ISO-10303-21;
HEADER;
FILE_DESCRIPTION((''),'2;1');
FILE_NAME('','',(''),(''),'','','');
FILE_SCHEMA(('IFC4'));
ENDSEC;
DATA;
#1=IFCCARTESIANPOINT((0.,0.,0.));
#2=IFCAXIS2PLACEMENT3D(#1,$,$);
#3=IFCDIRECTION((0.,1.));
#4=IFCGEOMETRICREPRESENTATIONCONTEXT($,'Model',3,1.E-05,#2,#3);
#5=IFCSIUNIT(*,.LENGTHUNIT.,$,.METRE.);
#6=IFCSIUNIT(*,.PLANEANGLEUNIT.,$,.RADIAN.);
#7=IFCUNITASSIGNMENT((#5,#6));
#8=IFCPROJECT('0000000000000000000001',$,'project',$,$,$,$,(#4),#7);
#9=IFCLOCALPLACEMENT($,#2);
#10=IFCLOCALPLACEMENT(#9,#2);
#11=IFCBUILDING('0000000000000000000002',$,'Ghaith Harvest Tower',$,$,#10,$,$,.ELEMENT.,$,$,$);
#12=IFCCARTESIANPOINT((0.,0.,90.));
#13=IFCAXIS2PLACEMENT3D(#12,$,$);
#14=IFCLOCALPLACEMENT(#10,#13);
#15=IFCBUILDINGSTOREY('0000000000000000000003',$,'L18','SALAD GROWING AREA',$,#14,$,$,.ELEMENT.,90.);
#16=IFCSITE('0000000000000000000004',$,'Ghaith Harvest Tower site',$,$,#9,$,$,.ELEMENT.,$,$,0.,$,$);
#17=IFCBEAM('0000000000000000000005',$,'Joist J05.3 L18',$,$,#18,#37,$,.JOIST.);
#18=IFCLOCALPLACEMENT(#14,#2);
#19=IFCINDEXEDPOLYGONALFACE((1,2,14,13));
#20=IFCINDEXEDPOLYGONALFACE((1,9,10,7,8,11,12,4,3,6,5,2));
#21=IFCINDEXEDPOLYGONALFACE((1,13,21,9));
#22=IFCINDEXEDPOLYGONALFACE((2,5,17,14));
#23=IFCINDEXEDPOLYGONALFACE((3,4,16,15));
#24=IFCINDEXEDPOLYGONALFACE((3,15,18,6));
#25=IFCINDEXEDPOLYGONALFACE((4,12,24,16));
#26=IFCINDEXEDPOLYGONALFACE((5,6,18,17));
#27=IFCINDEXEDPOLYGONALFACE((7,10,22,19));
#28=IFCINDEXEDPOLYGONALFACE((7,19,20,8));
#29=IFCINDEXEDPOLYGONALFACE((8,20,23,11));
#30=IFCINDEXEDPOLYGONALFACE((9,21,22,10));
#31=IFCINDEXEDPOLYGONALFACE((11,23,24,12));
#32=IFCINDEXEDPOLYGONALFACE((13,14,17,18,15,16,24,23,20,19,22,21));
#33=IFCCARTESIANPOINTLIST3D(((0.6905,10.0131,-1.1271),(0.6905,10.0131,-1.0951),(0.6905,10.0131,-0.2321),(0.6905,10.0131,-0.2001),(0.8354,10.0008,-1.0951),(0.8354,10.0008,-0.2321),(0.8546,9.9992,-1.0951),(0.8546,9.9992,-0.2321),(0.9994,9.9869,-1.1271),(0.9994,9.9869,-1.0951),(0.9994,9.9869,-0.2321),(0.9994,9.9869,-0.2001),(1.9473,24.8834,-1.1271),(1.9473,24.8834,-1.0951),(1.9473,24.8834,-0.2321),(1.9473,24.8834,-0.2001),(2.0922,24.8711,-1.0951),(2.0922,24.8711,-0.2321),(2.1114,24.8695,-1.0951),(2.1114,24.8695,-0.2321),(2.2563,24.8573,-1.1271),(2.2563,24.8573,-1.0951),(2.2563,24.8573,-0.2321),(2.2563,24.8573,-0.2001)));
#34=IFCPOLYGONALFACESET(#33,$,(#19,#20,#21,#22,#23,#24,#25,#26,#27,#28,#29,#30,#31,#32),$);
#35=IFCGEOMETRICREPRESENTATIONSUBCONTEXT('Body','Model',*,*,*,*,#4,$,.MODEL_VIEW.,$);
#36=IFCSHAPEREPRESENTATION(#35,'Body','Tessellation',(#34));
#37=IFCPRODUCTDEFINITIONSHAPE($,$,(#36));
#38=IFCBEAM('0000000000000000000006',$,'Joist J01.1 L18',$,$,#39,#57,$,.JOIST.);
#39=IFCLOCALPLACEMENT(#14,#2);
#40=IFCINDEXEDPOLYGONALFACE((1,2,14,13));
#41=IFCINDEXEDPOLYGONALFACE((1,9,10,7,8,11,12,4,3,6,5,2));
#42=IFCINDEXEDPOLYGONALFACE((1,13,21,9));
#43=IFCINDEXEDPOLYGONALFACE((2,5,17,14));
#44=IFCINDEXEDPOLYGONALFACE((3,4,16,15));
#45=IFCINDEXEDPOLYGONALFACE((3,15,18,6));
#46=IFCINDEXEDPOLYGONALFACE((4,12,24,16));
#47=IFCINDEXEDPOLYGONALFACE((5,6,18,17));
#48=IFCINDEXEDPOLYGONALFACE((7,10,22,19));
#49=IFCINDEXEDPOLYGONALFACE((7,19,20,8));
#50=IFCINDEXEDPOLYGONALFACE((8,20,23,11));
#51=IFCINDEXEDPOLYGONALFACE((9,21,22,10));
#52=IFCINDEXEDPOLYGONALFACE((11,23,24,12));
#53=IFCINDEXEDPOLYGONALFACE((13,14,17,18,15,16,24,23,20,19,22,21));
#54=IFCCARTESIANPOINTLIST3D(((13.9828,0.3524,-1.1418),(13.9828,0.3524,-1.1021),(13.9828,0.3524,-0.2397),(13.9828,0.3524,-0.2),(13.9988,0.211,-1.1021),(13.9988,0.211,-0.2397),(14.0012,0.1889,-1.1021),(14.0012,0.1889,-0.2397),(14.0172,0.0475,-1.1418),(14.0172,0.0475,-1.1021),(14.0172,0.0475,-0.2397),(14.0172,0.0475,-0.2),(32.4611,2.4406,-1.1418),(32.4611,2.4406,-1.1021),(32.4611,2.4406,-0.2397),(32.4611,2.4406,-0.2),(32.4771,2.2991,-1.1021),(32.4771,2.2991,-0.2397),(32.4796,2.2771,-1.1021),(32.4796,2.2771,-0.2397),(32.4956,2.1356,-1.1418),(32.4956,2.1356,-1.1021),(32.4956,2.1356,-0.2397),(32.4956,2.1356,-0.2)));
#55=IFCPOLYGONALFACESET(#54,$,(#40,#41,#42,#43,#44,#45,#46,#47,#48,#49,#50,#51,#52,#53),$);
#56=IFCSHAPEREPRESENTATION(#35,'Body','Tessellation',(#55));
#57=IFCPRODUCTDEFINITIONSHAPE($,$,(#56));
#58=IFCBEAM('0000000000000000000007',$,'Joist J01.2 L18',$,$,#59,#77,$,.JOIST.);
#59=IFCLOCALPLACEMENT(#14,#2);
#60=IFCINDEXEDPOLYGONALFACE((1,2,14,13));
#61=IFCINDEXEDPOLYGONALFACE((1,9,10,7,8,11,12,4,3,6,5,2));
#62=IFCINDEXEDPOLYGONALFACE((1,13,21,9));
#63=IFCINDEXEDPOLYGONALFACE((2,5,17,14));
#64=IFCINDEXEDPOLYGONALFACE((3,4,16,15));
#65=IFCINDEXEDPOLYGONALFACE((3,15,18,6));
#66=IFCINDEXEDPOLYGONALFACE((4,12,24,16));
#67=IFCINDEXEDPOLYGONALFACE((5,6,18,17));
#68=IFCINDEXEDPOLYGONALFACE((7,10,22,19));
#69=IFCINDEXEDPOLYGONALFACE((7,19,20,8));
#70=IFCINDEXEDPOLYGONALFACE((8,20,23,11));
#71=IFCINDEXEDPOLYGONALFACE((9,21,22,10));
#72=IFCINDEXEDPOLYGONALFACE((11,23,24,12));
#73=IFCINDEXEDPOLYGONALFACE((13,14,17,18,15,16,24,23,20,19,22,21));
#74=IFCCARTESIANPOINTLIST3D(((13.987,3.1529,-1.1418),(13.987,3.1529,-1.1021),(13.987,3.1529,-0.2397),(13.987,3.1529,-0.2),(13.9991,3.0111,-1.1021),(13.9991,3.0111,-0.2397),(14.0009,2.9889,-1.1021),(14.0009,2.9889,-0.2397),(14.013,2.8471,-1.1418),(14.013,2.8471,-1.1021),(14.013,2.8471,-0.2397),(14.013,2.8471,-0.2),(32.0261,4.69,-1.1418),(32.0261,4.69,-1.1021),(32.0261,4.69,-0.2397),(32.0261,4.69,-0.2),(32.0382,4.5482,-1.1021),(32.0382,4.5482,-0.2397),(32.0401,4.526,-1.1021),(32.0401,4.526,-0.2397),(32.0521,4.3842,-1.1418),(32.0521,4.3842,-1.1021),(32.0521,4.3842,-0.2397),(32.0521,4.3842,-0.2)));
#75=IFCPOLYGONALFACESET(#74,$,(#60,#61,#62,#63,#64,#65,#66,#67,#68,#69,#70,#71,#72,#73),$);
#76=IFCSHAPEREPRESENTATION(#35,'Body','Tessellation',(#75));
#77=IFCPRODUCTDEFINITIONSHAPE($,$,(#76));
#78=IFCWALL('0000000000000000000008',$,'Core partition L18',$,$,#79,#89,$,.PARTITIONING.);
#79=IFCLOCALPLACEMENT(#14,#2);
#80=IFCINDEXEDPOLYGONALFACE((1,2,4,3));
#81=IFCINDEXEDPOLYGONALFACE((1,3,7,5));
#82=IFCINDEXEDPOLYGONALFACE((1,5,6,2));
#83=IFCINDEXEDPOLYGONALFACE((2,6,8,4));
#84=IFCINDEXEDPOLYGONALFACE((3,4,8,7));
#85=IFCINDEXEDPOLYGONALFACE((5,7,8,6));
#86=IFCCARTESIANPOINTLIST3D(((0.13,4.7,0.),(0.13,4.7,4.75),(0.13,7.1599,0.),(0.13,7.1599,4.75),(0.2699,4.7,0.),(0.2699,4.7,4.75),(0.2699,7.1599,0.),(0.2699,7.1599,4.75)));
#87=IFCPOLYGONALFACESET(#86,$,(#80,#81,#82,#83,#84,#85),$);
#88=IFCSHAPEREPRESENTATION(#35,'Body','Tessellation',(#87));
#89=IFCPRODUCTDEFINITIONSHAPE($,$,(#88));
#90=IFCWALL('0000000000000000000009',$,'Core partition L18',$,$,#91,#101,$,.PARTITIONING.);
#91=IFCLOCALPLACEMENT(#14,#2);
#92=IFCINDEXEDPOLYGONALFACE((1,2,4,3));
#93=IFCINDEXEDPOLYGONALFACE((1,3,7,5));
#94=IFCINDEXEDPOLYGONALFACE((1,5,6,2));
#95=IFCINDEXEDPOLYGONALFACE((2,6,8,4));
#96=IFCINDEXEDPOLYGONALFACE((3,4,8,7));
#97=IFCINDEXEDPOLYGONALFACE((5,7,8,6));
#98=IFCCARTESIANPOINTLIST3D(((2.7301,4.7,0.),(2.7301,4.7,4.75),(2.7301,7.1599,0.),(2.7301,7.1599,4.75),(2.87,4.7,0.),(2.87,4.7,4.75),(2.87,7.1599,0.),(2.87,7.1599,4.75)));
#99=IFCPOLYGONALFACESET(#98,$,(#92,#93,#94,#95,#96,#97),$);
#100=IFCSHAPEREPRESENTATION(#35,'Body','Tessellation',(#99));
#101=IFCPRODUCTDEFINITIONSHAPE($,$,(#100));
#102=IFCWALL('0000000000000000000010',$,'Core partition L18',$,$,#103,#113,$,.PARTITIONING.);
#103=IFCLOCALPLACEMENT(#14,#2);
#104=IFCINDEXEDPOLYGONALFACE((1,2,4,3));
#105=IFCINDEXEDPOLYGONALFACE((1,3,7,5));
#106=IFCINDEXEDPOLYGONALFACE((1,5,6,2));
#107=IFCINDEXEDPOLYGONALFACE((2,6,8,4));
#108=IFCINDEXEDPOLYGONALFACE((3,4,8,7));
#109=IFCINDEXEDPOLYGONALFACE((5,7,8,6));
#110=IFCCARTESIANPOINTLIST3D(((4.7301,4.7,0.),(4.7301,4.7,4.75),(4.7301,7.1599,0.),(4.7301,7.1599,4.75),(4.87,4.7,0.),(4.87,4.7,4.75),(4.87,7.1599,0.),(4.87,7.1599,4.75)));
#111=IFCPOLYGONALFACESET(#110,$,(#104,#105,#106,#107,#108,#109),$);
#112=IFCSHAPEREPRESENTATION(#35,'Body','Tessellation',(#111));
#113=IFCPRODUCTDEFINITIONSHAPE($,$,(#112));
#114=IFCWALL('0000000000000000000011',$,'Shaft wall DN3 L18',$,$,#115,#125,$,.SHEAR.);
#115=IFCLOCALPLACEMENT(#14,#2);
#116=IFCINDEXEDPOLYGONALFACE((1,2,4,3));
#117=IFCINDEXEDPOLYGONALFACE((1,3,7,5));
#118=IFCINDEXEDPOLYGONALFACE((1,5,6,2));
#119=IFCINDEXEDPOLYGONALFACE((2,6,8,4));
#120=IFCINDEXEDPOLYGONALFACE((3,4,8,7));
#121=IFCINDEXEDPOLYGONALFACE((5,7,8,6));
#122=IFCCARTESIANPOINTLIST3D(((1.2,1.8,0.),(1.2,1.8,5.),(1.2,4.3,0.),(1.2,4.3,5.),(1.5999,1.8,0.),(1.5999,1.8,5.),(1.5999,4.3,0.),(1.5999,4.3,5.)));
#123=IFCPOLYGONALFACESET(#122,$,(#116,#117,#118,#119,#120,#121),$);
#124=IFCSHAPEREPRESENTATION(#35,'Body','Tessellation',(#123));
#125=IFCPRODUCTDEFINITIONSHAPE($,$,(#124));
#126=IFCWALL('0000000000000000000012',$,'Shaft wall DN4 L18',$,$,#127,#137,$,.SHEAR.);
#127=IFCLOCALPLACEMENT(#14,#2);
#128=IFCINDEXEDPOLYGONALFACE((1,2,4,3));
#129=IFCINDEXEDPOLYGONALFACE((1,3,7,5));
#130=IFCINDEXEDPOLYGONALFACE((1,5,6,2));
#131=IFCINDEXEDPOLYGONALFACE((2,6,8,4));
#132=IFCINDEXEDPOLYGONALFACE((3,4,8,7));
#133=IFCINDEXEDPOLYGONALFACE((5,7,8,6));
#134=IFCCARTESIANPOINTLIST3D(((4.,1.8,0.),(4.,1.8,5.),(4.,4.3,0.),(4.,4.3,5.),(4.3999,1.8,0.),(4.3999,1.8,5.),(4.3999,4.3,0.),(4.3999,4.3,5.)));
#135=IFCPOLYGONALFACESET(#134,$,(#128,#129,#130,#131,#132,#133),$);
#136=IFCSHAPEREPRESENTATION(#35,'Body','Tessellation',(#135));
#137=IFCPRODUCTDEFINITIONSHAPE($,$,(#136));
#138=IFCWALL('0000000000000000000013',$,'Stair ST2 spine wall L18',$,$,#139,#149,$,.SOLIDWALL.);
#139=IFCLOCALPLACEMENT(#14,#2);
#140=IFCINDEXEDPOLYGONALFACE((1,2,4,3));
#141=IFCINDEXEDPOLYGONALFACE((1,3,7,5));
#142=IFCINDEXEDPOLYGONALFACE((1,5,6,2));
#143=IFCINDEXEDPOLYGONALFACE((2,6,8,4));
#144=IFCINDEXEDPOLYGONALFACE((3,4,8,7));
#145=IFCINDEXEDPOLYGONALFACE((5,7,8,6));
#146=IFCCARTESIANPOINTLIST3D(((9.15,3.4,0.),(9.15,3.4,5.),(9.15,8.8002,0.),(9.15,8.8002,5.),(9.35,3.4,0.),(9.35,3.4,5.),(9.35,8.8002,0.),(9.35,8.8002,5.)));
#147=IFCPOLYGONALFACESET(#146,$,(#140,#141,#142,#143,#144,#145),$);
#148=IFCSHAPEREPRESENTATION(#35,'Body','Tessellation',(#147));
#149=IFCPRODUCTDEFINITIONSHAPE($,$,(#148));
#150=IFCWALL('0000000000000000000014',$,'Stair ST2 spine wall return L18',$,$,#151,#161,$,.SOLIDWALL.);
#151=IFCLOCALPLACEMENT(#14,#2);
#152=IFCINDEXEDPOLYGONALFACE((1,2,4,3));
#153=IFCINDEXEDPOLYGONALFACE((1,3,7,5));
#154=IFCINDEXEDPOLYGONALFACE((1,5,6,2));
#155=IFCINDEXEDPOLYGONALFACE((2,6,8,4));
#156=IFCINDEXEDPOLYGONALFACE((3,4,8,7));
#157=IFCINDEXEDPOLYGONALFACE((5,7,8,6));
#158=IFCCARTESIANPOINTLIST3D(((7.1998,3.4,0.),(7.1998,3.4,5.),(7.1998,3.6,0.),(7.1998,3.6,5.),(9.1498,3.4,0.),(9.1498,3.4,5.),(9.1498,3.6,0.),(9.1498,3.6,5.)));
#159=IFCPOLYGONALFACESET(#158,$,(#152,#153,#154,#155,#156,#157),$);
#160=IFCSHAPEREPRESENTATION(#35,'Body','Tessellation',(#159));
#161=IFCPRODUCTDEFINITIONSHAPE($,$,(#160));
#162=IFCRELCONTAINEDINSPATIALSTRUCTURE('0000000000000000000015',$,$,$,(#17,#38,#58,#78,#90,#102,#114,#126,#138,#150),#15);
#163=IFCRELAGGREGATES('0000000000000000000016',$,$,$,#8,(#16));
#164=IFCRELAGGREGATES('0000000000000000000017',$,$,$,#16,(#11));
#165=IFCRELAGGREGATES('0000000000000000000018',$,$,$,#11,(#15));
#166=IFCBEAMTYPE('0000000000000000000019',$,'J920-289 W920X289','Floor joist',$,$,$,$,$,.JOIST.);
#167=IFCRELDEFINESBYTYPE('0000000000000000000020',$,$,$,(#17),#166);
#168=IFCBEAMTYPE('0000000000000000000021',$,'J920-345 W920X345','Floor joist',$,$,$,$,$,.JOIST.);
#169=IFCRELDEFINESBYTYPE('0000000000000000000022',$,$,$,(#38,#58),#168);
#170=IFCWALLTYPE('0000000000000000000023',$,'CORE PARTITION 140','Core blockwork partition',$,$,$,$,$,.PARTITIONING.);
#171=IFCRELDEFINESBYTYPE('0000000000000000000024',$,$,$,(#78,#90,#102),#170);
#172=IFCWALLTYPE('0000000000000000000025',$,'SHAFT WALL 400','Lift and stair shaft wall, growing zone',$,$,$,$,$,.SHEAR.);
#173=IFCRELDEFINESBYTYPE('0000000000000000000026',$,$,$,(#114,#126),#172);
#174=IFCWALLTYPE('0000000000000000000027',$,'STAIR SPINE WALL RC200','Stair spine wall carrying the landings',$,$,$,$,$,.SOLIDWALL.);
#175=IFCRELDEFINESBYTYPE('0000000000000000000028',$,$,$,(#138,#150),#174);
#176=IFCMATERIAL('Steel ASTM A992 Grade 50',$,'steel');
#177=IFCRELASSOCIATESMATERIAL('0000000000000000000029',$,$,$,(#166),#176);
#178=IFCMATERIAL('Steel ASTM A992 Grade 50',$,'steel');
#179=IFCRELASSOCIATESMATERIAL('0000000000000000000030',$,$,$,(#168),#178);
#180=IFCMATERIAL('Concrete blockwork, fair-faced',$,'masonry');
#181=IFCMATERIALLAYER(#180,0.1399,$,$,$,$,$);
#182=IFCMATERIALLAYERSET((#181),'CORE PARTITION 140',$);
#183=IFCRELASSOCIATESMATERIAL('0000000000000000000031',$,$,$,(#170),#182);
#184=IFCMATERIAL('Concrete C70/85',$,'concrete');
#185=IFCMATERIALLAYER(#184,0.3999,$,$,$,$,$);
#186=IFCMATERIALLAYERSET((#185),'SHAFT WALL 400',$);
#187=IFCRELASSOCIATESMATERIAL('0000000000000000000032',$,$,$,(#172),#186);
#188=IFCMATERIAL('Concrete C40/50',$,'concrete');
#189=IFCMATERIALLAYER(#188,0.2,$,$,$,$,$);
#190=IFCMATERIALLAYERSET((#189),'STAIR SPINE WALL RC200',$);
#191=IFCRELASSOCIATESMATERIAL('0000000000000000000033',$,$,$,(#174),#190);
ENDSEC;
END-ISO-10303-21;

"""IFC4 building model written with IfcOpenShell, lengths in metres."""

from ifc_helpers import new_model, si_unit, direction, frame, frame_2d, origin, origin_2d, place, context, subcontext, project, spatial, rectangle, i_section, extrude, material, layer, layer_set, material_profile, profile_set, type_object, element, save


model = new_model("IFC4")

# Units and contexts
model_context = context("Model", 3, precision=1e-05, world=origin(), true_north=direction((0.0, 1.0)))
body_context = subcontext(model_context, "Body", "Model", "MODEL_VIEW")
ifc_project = project(units=[si_unit("LENGTHUNIT", "METRE"), si_unit("PLANEANGLEUNIT", "RADIAN")], contexts=[model_context])

# Site, building, storey
site_placement = place(None, origin())
site = spatial("IfcSite", under=ifc_project, at=site_placement, Name="Ghaith Harvest Tower site", CompositionType="ELEMENT", RefElevation=0.0)
building_placement = place(site_placement, origin())
building = spatial("IfcBuilding", under=site, at=building_placement, Name="Ghaith Harvest Tower", CompositionType="ELEMENT")
storey_placement = place(building_placement, frame((0.0, 0.0, 90.0)))
storey = spatial("IfcBuildingStorey", under=building, at=storey_placement, Name="L18", Description="SALAD GROWING AREA", CompositionType="ELEMENT", Elevation=90.0)

# Beams
ifc_material_1 = material(Name="Steel ASTM A992 Grade 50", Category="steel")
ifc_material_profile_1 = material_profile(ifc_material_1, i_section(OverallWidth=0.3101, OverallDepth=0.927, WebThickness=0.0193, FlangeThickness=0.032, at=origin_2d()), Name="W920X289")
ifc_profile_set_1 = profile_set([ifc_material_profile_1], Name="Steel ASTM A992 Grade 50")
beam_type_1 = type_object("IfcBeamType", Name="J920-289 W920X289", Description="Floor joist", PredefinedType="JOIST", material=ifc_profile_set_1)
beam_1_placement = place(storey_placement, frame((0.845, 10.0, -0.6636), z_axis=(0.084219, 0.996447, 0.0), x_axis=(-0.996447, 0.084219, 0.0)))
element("IfcBeam", 1, at=beam_1_placement, inside=storey, type_object=beam_type_1, Name="Joist J05.3 L18", PredefinedType="JOIST", context=body_context, shape_type="SweptSolid", body=[
    extrude(i_section(OverallWidth=0.3101, OverallDepth=0.927, WebThickness=0.0193, FlangeThickness=0.032, at=origin_2d()), origin(), (0.0, 0.0, 1.0), 14.9233),
])
ifc_material_2 = material(Name="Steel ASTM A992 Grade 50", Category="steel")
ifc_material_profile_2 = material_profile(ifc_material_2, i_section(OverallWidth=0.3069, OverallDepth=0.9419, WebThickness=0.0222, FlangeThickness=0.0398, at=origin_2d()), Name="W920X345")
ifc_profile_set_2 = profile_set([ifc_material_profile_2], Name="Steel ASTM A992 Grade 50")
beam_type_2 = type_object("IfcBeamType", Name="J920-345 W920X345", Description="Floor joist", PredefinedType="JOIST", material=ifc_profile_set_2)
beam_2_placement = place(storey_placement, frame((14.0, 0.2, -0.6709), z_axis=(0.993675, 0.11229, 0.0), x_axis=(-0.11229, 0.993675, 0.0)))
element("IfcBeam", 2, at=beam_2_placement, inside=storey, type_object=beam_type_2, Name="Joist J01.1 L18", PredefinedType="JOIST", context=body_context, shape_type="SweptSolid", body=[
    extrude(i_section(OverallWidth=0.3069, OverallDepth=0.9419, WebThickness=0.0222, FlangeThickness=0.0398, at=origin_2d()), origin(), (0.0, 0.0, 1.0), 18.5959),
])
beam_3_placement = place(storey_placement, frame((14.0, 3.0, -0.6709), z_axis=(0.996389, 0.084902, 0.0), x_axis=(-0.084902, 0.996389, 0.0)))
element("IfcBeam", 3, at=beam_3_placement, inside=storey, type_object=beam_type_2, Name="Joist J01.2 L18", PredefinedType="JOIST", context=body_context, shape_type="SweptSolid", body=[
    extrude(i_section(OverallWidth=0.3069, OverallDepth=0.9419, WebThickness=0.0222, FlangeThickness=0.0398, at=origin_2d()), origin(), (0.0, 0.0, 1.0), 18.1045),
])

# Walls
ifc_material_3 = material(Name="Concrete blockwork, fair-faced", Category="masonry")
ifc_layer_1 = layer(ifc_material_3, 0.1399)
ifc_layer_set_1 = layer_set([ifc_layer_1], Name="CORE PARTITION 140")
wall_type_1 = type_object("IfcWallType", Name="CORE PARTITION 140", Description="Core blockwork partition", PredefinedType="PARTITIONING", material=ifc_layer_set_1)
for number, where, z_axis, x_axis, name in (
    (4, (0.2, 4.7, 0.0), (0.0, 0.0, 1.0), (0.0, 1.0, 0.0), "Core partition L18"),
    (5, (2.8, 4.7, 0.0), (0.0, 0.0, 1.0), (0.0, 1.0, 0.0), "Core partition L18"),
    (6, (4.8, 4.7, 0.0), (0.0, 0.0, 1.0), (0.0, 1.0, 0.0), "Core partition L18"),
):
    element("IfcWall", number, at=place(storey_placement, frame(where, z_axis=z_axis, x_axis=x_axis)), inside=storey, type_object=wall_type_1, Name=name, PredefinedType="PARTITIONING", context=body_context, shape_type="SweptSolid", body=[
        extrude(rectangle(XDim=2.46, YDim=0.1399, at=frame_2d((1.23, 0.0))), origin(), (0.0, 0.0, 1.0), 4.75),
    ])

# Shared definitions
ifc_material_4 = material(Name="Concrete C70/85", Category="concrete")
ifc_layer_2 = layer(ifc_material_4, 0.3999)
ifc_layer_set_2 = layer_set([ifc_layer_2], Name="SHAFT WALL 400")
wall_type_2 = type_object("IfcWallType", Name="SHAFT WALL 400", Description="Lift and stair shaft wall, growing zone", PredefinedType="SHEAR", material=ifc_layer_set_2)

# Walls
for number, where, z_axis, x_axis, name in (
    (7, (1.3999, 1.8, 0.0), (0.0, 0.0, 1.0), (0.0, 1.0, 0.0), "Shaft wall DN3 L18"),
    (8, (4.2, 1.8, 0.0), (0.0, 0.0, 1.0), (0.0, 1.0, 0.0), "Shaft wall DN4 L18"),
):
    element("IfcWall", number, at=place(storey_placement, frame(where, z_axis=z_axis, x_axis=x_axis)), inside=storey, type_object=wall_type_2, Name=name, PredefinedType="SHEAR", context=body_context, shape_type="SweptSolid", body=[
        extrude(rectangle(XDim=2.5, YDim=0.3999, at=frame_2d((1.25, 0.0))), origin(), (0.0, 0.0, 1.0), 5.0),
    ])
ifc_material_5 = material(Name="Concrete C40/50", Category="concrete")
ifc_layer_3 = layer(ifc_material_5, 0.2)
ifc_layer_set_3 = layer_set([ifc_layer_3], Name="STAIR SPINE WALL RC200")
wall_type_3 = type_object("IfcWallType", Name="STAIR SPINE WALL RC200", Description="Stair spine wall carrying the landings", PredefinedType="SOLIDWALL", material=ifc_layer_set_3)
wall_1_placement = place(storey_placement, frame((9.25, 3.3999, 0.0), z_axis=(0.0, 0.0, 1.0), x_axis=(0.0, 1.0, 0.0)))
element("IfcWall", 9, at=wall_1_placement, inside=storey, type_object=wall_type_3, Name="Stair ST2 spine wall L18", PredefinedType="SOLIDWALL", context=body_context, shape_type="SweptSolid", body=[
    extrude(rectangle(XDim=5.4001, YDim=0.2, at=frame_2d((2.7002, 0.0))), origin(), (0.0, 0.0, 1.0), 5.0),
])
wall_2_placement = place(storey_placement, frame((9.1499, 3.5, 0.0), z_axis=(0.0, 0.0, 1.0), x_axis=(-1.0, 0.0, 0.0)))
element("IfcWall", 10, at=wall_2_placement, inside=storey, type_object=wall_type_3, Name="Stair ST2 spine wall return L18", PredefinedType="SOLIDWALL", context=body_context, shape_type="SweptSolid", body=[
    extrude(rectangle(XDim=1.95, YDim=0.2, at=frame_2d((0.9751, 0.0))), origin(), (0.0, 0.0, 1.0), 5.0),
])

save(model, "model.ifc")
